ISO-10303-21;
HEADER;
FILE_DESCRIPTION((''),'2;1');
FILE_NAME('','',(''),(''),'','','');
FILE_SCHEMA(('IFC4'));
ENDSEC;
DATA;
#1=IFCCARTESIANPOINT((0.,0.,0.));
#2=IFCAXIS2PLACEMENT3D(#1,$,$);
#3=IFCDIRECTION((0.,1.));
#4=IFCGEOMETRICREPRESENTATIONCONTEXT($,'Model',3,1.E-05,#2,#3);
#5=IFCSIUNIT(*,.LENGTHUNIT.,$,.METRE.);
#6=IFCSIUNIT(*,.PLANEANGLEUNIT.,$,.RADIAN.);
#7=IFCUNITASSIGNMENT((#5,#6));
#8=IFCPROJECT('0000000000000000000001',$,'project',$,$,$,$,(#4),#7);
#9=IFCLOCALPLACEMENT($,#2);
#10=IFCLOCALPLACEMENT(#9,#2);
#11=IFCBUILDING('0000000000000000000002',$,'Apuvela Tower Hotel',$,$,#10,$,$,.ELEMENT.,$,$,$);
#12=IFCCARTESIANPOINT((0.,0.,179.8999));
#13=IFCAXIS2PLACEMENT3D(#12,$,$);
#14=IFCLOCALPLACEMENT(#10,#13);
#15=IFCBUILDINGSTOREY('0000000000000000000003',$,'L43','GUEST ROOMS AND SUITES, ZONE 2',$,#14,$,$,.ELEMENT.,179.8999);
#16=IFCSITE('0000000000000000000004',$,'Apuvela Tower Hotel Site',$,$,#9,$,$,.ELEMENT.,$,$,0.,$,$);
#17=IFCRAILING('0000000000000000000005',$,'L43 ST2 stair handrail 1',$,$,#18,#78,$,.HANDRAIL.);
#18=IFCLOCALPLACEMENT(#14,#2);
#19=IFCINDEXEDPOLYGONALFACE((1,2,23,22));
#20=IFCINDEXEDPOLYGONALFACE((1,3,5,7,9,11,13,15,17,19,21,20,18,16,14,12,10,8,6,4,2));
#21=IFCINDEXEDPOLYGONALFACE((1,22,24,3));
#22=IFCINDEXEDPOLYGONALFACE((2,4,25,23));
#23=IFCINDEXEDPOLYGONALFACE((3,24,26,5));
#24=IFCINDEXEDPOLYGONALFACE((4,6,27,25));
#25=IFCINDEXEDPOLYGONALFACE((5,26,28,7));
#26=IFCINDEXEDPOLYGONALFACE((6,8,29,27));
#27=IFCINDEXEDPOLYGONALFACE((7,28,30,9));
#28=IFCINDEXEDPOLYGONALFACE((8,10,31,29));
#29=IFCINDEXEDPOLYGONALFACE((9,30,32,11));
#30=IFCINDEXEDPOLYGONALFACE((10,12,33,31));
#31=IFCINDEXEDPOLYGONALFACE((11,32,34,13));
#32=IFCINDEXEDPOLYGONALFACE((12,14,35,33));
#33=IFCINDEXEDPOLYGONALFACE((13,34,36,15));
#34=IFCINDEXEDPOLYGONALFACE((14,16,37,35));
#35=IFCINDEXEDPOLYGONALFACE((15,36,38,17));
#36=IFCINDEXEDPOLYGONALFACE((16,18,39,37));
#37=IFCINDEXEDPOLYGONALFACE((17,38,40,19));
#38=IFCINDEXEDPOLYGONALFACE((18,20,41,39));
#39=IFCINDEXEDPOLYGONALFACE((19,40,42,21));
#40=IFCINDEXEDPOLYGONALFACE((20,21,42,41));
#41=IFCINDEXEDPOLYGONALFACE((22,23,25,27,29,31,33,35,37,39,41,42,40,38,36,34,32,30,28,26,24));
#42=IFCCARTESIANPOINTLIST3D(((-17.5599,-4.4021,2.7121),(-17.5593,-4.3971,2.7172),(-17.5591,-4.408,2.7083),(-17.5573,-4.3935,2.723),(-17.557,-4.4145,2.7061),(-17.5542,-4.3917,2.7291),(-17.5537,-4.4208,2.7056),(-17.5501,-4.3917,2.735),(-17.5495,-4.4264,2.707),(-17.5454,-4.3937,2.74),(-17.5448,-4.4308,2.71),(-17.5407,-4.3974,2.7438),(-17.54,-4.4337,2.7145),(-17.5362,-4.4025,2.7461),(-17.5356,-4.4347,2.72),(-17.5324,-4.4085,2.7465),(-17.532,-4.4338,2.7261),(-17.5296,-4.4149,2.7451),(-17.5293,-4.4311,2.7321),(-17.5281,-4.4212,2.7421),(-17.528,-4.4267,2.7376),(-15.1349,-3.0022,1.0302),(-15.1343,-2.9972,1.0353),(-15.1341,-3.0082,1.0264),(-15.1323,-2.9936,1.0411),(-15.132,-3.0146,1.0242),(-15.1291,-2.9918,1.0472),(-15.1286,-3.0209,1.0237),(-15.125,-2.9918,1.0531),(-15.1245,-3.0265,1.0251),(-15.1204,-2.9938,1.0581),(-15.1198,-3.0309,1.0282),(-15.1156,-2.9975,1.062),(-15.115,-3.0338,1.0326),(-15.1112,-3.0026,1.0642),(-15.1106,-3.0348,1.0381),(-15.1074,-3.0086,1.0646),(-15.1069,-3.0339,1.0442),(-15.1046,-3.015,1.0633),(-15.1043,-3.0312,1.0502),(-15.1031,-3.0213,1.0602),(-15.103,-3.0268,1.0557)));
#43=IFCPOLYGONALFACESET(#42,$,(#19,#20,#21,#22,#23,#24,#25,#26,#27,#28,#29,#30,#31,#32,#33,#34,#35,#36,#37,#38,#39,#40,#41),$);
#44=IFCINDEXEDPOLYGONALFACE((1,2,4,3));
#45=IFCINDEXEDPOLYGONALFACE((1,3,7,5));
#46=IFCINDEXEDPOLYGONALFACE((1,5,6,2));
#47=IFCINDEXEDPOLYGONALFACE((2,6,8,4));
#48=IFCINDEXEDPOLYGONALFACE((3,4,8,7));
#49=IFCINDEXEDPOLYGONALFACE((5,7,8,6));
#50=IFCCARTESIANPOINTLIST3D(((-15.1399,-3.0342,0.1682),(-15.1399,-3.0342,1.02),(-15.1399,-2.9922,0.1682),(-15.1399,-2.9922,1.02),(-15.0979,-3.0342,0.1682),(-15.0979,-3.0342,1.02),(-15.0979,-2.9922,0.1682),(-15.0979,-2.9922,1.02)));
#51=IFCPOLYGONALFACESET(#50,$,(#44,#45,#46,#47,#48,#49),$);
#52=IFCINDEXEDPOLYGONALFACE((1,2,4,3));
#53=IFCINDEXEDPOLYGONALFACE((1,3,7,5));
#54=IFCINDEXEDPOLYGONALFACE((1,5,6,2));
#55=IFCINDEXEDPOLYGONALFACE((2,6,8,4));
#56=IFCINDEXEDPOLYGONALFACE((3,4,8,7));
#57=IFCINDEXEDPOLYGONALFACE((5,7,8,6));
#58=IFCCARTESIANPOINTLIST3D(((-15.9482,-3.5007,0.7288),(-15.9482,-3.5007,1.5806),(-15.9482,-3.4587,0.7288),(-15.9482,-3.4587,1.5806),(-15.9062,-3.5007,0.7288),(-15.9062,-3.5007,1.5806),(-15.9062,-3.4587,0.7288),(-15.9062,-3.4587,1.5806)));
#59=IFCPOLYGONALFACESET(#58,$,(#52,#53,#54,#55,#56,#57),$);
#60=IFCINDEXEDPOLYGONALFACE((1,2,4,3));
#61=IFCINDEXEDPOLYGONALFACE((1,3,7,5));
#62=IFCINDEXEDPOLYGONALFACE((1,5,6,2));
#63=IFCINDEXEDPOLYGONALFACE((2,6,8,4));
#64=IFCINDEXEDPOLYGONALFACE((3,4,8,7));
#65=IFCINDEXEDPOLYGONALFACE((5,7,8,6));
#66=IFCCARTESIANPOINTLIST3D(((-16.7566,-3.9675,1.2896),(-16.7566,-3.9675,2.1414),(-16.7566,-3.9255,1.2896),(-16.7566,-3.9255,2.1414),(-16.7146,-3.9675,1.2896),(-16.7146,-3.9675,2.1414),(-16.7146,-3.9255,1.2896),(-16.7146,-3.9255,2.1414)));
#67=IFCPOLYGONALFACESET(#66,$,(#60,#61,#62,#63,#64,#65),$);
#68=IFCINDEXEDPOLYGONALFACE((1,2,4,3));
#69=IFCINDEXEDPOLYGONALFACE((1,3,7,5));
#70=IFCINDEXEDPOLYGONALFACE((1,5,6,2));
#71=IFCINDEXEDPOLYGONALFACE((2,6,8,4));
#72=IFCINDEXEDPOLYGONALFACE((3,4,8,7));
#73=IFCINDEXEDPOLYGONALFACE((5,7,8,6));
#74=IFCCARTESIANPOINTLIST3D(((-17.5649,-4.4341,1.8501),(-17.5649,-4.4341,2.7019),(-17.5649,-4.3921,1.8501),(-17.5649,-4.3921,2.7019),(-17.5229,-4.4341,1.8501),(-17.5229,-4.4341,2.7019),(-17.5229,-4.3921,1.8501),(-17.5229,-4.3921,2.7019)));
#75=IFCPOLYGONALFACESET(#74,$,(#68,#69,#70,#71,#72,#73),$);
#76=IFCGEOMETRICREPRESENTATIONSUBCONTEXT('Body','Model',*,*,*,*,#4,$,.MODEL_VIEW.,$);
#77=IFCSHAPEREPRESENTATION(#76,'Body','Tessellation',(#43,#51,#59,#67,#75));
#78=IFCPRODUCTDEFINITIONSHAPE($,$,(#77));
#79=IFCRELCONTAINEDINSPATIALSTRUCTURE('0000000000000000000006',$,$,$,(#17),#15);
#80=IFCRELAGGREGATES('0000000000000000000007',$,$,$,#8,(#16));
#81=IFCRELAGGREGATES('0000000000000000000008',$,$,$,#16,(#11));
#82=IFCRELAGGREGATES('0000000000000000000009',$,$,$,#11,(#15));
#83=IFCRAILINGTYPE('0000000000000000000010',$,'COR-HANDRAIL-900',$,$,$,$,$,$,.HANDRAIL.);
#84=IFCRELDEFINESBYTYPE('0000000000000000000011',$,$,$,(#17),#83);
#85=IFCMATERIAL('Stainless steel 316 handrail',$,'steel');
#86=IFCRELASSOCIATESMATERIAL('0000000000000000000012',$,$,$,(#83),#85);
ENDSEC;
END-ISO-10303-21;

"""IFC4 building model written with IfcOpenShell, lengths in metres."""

from ifc_helpers import new_model, si_unit, direction, frame, origin, origin_2d, place, context, subcontext, project, spatial, rectangle, circle, extrude, material, type_object, element, save


model = new_model("IFC4")

# Units and contexts
model_context = context("Model", 3, precision=1e-05, world=origin(), true_north=direction((0.0, 1.0)))
body_context = subcontext(model_context, "Body", "Model", "MODEL_VIEW")
ifc_project = project(units=[si_unit("LENGTHUNIT", "METRE"), si_unit("PLANEANGLEUNIT", "RADIAN")], contexts=[model_context])

# Site, building, storey
site_placement = place(None, origin())
site = spatial("IfcSite", under=ifc_project, at=site_placement, Name="Apuvela Tower Hotel Site", CompositionType="ELEMENT", RefElevation=0.0)
building_placement = place(site_placement, origin())
building = spatial("IfcBuilding", under=site, at=building_placement, Name="Apuvela Tower Hotel", CompositionType="ELEMENT")
storey_placement = place(building_placement, frame((0.0, 0.0, 179.8999)))
storey = spatial("IfcBuildingStorey", under=building, at=storey_placement, Name="L43", Description="GUEST ROOMS AND SUITES, ZONE 2", CompositionType="ELEMENT", Elevation=179.8999)

# Railing
ifc_material_1 = material(Name="Stainless steel 316 handrail", Category="steel")
railing_type_1 = type_object("IfcRailingType", Name="COR-HANDRAIL-900", PredefinedType="HANDRAIL", material=ifc_material_1)
railing_1_placement = place(storey_placement, frame((-15.1189, -3.0132, 0.1682)))
element("IfcRailing", 1, at=railing_1_placement, inside=storey, type_object=railing_type_1, Name="L43 ST2 stair handrail 1", PredefinedType="HANDRAIL", context=body_context, shape_type="SweptSolid", body=[
    extrude(circle(Radius=0.0239, at=origin_2d()), frame((0.0, 0.0, 0.876), z_axis=(-0.742424, -0.428577, 0.514906), x_axis=(0.499946, -0.866056, 0.0)), (0.0, 0.0, 1.0), 3.2664),
    extrude(rectangle(XDim=0.042, YDim=0.042, at=origin_2d()), origin(), (0.0, 0.0, 1.0), 0.8518),
    extrude(rectangle(XDim=0.042, YDim=0.042, at=origin_2d()), frame((-0.8083, -0.4666, 0.5605)), (0.0, 0.0, 1.0), 0.8518),
    extrude(rectangle(XDim=0.042, YDim=0.042, at=origin_2d()), frame((-1.6167, -0.9333, 1.1213)), (0.0, 0.0, 1.0), 0.8518),
    extrude(rectangle(XDim=0.042, YDim=0.042, at=origin_2d()), frame((-2.425, -1.3999, 1.6819)), (0.0, 0.0, 1.0), 0.8518),
])

save(model, "model.ifc")
